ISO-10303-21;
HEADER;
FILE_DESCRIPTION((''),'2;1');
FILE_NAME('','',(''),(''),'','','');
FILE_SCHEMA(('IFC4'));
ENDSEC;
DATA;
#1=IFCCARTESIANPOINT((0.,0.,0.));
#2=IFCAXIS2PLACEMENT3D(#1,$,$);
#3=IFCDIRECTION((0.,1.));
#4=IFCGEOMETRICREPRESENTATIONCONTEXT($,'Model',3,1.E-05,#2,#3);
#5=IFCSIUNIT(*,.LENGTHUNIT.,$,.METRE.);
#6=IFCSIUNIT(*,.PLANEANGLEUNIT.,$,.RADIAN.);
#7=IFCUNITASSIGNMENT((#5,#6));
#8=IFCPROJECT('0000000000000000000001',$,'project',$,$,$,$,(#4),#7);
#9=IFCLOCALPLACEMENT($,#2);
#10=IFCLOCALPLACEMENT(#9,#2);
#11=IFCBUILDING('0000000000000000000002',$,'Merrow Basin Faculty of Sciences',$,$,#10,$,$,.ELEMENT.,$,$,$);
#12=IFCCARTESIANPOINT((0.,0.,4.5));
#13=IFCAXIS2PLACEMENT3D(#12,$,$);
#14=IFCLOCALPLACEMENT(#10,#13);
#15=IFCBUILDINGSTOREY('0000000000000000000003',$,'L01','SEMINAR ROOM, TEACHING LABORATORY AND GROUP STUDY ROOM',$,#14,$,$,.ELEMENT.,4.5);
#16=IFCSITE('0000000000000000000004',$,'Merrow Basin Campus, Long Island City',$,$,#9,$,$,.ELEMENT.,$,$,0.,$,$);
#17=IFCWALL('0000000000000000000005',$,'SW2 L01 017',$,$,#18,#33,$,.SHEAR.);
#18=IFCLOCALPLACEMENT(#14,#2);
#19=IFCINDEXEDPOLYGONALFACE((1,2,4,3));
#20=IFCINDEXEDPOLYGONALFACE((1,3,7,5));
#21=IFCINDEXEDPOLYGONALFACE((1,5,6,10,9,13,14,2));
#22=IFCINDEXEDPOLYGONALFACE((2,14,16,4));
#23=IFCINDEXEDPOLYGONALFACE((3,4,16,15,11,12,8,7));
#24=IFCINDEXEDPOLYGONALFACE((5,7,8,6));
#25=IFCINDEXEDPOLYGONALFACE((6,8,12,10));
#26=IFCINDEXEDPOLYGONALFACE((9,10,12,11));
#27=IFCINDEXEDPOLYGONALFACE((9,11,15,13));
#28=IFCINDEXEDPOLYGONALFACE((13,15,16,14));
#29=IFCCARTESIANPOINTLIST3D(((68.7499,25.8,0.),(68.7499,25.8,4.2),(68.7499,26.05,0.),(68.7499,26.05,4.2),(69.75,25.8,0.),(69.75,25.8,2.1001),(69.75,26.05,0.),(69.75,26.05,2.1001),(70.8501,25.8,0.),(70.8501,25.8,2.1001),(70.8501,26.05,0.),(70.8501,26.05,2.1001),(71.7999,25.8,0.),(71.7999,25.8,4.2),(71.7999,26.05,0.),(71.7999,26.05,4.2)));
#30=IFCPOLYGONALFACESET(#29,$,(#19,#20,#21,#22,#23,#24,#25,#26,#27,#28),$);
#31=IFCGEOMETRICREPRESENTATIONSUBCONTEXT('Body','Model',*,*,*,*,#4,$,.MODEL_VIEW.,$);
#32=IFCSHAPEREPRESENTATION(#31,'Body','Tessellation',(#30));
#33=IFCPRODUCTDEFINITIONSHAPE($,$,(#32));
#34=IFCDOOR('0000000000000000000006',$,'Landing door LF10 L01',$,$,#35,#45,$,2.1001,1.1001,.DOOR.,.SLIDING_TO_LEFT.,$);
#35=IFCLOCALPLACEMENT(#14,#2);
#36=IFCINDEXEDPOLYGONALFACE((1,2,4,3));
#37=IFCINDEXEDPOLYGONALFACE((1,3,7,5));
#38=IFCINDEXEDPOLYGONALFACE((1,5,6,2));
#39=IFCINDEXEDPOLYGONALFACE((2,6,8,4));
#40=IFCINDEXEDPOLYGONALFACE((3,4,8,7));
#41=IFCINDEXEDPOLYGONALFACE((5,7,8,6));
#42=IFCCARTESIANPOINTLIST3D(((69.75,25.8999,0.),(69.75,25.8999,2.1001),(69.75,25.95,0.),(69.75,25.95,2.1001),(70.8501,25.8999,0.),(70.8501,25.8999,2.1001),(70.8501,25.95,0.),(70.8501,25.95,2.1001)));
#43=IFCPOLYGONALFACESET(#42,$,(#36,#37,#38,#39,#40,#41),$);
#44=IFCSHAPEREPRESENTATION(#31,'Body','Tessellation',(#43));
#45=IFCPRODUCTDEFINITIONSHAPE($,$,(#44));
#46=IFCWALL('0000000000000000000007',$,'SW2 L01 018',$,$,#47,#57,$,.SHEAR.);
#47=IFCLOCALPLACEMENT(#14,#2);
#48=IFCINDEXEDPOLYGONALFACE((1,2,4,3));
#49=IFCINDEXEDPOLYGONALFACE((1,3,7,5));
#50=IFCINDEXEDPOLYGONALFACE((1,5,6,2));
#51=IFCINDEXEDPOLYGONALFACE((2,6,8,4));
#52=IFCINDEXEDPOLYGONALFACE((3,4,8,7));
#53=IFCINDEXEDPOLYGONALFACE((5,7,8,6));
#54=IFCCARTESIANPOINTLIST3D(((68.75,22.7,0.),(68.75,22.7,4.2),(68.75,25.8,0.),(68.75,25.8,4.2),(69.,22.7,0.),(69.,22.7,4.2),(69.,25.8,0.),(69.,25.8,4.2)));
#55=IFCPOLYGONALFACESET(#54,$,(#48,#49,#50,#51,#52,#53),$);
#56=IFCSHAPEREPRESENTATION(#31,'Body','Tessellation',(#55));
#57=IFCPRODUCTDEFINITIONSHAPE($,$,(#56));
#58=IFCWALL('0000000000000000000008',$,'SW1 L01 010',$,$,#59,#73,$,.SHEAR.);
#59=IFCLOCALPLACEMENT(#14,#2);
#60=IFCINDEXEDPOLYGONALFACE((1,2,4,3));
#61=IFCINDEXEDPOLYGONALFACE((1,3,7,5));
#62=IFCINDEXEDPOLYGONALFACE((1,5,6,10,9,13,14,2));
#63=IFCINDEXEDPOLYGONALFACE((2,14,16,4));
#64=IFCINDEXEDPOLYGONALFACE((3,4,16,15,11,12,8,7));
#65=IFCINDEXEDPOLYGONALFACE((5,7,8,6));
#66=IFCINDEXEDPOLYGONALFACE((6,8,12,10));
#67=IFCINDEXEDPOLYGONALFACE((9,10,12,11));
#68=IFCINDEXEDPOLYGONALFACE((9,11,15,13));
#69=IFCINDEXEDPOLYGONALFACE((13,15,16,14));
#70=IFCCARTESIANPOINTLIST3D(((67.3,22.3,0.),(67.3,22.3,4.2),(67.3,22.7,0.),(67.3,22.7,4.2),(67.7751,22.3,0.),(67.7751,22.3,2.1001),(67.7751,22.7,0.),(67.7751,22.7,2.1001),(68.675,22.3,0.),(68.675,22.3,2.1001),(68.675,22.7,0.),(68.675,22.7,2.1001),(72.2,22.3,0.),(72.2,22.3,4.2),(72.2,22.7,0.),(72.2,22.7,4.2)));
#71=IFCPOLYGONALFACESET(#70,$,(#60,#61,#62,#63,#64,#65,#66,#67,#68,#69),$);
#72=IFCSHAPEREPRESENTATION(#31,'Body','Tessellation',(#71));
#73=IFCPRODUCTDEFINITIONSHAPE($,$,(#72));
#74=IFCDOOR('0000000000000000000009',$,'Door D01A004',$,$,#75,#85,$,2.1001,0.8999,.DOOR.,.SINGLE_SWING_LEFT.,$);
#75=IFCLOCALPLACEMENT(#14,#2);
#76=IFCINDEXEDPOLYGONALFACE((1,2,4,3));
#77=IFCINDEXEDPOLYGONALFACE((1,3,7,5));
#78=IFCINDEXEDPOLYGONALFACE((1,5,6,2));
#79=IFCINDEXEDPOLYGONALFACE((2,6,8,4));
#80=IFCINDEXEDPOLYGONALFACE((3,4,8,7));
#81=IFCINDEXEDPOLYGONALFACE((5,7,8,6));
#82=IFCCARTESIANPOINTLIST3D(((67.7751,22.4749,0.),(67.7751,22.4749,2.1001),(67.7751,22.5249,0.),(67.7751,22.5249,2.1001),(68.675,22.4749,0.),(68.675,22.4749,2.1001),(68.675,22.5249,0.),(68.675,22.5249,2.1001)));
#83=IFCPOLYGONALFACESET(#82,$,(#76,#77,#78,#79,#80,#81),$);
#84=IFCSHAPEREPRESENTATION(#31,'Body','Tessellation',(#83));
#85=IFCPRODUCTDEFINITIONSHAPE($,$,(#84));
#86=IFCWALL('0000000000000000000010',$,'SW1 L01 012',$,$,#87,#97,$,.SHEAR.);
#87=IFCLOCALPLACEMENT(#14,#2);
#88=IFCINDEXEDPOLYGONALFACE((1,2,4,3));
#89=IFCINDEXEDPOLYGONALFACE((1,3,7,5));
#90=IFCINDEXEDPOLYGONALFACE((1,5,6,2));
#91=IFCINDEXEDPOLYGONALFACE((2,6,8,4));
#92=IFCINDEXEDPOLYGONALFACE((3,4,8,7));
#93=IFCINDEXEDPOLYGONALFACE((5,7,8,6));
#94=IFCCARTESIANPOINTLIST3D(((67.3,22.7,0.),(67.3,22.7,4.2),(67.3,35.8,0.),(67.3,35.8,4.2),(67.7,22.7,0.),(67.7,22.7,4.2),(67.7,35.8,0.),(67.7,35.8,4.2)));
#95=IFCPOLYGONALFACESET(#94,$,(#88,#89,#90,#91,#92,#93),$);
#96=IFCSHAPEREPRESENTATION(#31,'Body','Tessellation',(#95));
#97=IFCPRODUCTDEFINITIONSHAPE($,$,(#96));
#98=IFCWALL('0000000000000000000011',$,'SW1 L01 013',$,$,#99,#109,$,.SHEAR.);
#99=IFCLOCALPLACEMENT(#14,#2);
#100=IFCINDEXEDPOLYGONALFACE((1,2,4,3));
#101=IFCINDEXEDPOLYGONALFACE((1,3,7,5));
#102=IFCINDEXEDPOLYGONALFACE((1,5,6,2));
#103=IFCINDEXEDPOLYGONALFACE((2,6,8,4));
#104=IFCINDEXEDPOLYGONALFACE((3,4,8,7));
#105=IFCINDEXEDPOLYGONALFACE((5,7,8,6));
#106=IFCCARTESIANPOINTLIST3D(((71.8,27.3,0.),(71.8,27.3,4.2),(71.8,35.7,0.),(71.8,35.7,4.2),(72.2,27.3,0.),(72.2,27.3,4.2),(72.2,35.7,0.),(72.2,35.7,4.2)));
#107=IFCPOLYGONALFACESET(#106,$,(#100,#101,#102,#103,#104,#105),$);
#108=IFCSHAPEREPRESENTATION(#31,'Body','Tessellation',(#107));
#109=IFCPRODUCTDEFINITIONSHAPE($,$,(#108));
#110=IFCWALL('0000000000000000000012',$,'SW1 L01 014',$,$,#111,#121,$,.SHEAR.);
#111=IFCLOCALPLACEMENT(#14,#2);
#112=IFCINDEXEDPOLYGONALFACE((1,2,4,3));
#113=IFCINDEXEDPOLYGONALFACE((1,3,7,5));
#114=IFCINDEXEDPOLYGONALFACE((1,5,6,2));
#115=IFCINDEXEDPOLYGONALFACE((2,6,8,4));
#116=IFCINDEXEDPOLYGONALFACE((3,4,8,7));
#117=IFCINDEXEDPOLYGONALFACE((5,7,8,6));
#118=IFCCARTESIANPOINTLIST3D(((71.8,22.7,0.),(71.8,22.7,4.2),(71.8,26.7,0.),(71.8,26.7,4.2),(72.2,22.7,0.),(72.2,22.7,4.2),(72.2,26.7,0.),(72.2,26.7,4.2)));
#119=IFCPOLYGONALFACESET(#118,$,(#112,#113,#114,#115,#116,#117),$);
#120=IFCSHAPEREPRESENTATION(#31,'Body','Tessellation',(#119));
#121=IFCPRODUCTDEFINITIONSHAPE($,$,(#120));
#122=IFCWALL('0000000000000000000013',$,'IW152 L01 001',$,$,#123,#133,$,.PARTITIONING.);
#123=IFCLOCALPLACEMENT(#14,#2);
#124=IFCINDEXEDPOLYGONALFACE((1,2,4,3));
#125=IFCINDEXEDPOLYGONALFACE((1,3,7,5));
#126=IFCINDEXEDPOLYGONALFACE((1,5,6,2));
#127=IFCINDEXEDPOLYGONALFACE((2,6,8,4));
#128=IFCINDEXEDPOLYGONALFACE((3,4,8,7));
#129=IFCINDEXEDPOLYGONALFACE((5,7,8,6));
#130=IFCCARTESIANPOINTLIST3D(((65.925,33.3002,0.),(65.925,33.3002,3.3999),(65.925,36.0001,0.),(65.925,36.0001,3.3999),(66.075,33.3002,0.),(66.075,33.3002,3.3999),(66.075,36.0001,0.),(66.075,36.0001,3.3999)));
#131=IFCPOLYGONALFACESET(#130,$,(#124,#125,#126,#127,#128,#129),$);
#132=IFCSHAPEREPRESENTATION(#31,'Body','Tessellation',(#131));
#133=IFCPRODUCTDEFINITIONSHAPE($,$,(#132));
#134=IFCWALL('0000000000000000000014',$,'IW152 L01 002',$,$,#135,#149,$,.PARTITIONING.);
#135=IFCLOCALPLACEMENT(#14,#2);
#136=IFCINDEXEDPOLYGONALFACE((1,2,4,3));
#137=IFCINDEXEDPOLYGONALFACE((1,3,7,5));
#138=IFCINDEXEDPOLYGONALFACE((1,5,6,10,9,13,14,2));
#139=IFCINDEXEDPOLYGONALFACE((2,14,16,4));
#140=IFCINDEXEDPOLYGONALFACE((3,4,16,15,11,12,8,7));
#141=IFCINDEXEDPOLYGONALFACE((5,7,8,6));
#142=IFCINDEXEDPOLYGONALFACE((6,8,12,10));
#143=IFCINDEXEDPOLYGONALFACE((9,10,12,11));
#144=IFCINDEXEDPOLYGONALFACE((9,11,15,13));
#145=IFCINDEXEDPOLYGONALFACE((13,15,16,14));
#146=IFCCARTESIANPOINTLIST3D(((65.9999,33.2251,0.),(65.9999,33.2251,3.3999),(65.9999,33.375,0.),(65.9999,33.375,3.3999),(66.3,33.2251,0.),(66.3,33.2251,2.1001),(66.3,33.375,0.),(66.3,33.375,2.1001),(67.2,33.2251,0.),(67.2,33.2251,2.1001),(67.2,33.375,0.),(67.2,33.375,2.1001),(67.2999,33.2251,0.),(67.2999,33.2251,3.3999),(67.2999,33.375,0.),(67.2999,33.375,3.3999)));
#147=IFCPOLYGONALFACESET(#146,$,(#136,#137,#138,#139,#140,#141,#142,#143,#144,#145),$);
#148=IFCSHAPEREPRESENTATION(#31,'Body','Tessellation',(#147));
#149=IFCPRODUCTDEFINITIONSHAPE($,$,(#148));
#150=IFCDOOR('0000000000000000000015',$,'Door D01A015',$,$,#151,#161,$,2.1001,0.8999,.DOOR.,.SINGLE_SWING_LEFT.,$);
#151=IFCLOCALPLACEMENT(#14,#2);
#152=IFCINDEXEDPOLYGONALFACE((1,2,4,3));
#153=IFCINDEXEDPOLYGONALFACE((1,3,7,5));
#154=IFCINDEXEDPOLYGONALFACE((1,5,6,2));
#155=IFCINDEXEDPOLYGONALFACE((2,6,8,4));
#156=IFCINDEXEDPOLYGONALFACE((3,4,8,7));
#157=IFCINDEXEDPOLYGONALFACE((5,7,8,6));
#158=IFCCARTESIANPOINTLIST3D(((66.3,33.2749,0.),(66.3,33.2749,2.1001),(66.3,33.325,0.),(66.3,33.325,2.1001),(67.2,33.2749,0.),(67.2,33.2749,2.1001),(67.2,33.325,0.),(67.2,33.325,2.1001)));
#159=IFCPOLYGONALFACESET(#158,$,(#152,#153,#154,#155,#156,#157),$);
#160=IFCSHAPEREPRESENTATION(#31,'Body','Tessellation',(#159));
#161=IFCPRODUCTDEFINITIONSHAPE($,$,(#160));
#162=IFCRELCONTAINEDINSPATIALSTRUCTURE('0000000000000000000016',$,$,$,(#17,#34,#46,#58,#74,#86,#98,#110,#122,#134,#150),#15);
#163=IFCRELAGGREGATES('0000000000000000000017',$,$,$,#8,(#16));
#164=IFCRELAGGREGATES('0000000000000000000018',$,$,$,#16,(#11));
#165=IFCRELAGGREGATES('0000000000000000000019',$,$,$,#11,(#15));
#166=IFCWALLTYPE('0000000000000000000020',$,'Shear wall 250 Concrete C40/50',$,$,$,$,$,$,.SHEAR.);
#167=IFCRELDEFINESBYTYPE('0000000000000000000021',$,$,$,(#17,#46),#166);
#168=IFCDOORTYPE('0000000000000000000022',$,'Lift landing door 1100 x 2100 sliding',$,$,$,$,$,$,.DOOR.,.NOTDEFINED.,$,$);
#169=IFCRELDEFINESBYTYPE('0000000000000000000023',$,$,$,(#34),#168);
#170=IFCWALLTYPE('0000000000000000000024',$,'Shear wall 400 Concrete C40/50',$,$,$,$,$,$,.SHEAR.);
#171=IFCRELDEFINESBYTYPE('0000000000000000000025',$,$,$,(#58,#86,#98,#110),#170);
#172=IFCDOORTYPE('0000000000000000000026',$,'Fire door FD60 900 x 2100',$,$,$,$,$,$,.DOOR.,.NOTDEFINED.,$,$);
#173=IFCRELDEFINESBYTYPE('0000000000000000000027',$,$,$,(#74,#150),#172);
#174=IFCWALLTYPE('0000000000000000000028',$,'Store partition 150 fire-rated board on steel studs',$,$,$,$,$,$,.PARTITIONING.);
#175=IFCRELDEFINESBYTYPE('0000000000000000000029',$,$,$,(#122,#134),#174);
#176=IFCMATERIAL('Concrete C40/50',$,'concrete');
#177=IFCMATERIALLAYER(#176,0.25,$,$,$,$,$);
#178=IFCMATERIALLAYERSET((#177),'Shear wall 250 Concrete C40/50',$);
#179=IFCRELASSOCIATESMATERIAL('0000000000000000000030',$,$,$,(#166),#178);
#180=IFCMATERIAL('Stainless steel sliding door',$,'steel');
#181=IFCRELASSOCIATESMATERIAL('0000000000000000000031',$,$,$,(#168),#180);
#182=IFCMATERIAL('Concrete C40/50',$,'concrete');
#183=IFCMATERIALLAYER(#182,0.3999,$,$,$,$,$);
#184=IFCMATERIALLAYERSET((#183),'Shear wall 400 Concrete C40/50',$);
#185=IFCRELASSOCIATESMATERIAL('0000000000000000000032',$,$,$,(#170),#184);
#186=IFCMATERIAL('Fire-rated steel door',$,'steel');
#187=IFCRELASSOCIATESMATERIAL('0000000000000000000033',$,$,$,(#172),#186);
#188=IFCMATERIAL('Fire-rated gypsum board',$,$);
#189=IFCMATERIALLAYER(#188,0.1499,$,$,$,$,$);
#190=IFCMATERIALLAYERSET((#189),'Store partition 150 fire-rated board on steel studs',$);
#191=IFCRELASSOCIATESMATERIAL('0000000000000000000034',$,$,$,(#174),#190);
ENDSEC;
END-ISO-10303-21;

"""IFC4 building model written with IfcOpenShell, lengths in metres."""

from ifc_helpers import new_model, si_unit, direction, frame, frame_2d, origin, place, context, subcontext, project, spatial, rectangle, extrude, material, layer, layer_set, type_object, element, fill, save


model = new_model("IFC4")

# Units and contexts
model_context = context("Model", 3, precision=1e-05, world=origin(), true_north=direction((0.0, 1.0)))
body_context = subcontext(model_context, "Body", "Model", "MODEL_VIEW")
ifc_project = project(units=[si_unit("LENGTHUNIT", "METRE"), si_unit("PLANEANGLEUNIT", "RADIAN")], contexts=[model_context])

# Site, building, storey
site_placement = place(None, origin())
site = spatial("IfcSite", under=ifc_project, at=site_placement, Name="Merrow Basin Campus, Long Island City", CompositionType="ELEMENT", RefElevation=0.0)
building_placement = place(site_placement, origin())
building = spatial("IfcBuilding", under=site, at=building_placement, Name="Merrow Basin Faculty of Sciences", CompositionType="ELEMENT")
storey_placement = place(building_placement, frame((0.0, 0.0, 4.5)))
storey = spatial("IfcBuildingStorey", under=building, at=storey_placement, Name="L01", Description="SEMINAR ROOM, TEACHING LABORATORY AND GROUP STUDY ROOM", CompositionType="ELEMENT", Elevation=4.5)

# Shared definitions
ifc_material_1 = material(Name="Concrete C40/50", Category="concrete")
ifc_layer_1 = layer(ifc_material_1, 0.25)
ifc_layer_set_1 = layer_set([ifc_layer_1], Name="Shear wall 250 Concrete C40/50")
wall_type_1 = type_object("IfcWallType", Name="Shear wall 250 Concrete C40/50", PredefinedType="SHEAR", material=ifc_layer_set_1)

# Wall, opening, door
wall_1_placement = place(storey_placement, frame((68.75, 25.925, 0.0), z_axis=(0.0, 0.0, 1.0), x_axis=(1.0, 0.0, 0.0)))
wall_1 = element("IfcWall", 1, at=wall_1_placement, inside=storey, type_object=wall_type_1, Name="SW2 L01 017", PredefinedType="SHEAR", context=body_context, shape_type="SweptSolid", body=[
    extrude(rectangle(XDim=3.05, YDim=0.25, at=frame_2d((1.5249, 0.0))), origin(), (0.0, 0.0, 1.0), 4.2),
])
opening_1_placement = place(wall_1_placement, frame((1.0, 0.0, 0.0)))
opening_1 = element("IfcOpeningElement", 2, at=opening_1_placement, cuts=wall_1, PredefinedType="OPENING", context=body_context, shape_type="SweptSolid", body=[
    extrude(rectangle(XDim=1.1001, YDim=2.1001, at=frame_2d((0.55, 1.05))), frame((0.0, 0.135, 0.0), z_axis=(0.0, -1.0, 0.0), x_axis=(1.0, 0.0, 0.0)), (0.0, 0.0, 1.0), 0.27),
])
ifc_material_2 = material(Name="Stainless steel sliding door", Category="steel")
door_type_1 = type_object("IfcDoorType", Name="Lift landing door 1100 x 2100 sliding", OperationType="NOTDEFINED", PredefinedType="DOOR", material=ifc_material_2)
door_1_placement = place(opening_1_placement, origin())
door_1 = element("IfcDoor", 3, at=door_1_placement, inside=storey, type_object=door_type_1, Name="Landing door LF10 L01", OperationType="SLIDING_TO_LEFT", OverallHeight=2.1001, OverallWidth=1.1001, PredefinedType="DOOR", context=body_context, shape_type="SweptSolid", body=[
    extrude(rectangle(XDim=1.1001, YDim=2.1001, at=frame_2d((0.55, 1.05))), frame((0.0, 0.0249, 0.0), z_axis=(0.0, -1.0, 0.0), x_axis=(1.0, 0.0, 0.0)), (0.0, 0.0, 1.0), 0.05),
])
fill(opening_1, door_1)

# Wall
wall_2_placement = place(storey_placement, frame((68.875, 22.7, 0.0), z_axis=(0.0, 0.0, 1.0), x_axis=(0.0, 1.0, 0.0)))
element("IfcWall", 4, at=wall_2_placement, inside=storey, type_object=wall_type_1, Name="SW2 L01 018", PredefinedType="SHEAR", context=body_context, shape_type="SweptSolid", body=[
    extrude(rectangle(XDim=3.1001, YDim=0.25, at=frame_2d((1.55, 0.0))), origin(), (0.0, 0.0, 1.0), 4.2),
])

# Wall, opening, door
ifc_material_3 = material(Name="Concrete C40/50", Category="concrete")
ifc_layer_2 = layer(ifc_material_3, 0.3999)
ifc_layer_set_2 = layer_set([ifc_layer_2], Name="Shear wall 400 Concrete C40/50")
wall_type_2 = type_object("IfcWallType", Name="Shear wall 400 Concrete C40/50", PredefinedType="SHEAR", material=ifc_layer_set_2)
wall_3_placement = place(storey_placement, frame((67.3, 22.5, 0.0), z_axis=(0.0, 0.0, 1.0), x_axis=(1.0, 0.0, 0.0)))
wall_3 = element("IfcWall", 5, at=wall_3_placement, inside=storey, type_object=wall_type_2, Name="SW1 L01 010", PredefinedType="SHEAR", context=body_context, shape_type="SweptSolid", body=[
    extrude(rectangle(XDim=4.8999, YDim=0.3999, at=frame_2d((2.45, 0.0))), origin(), (0.0, 0.0, 1.0), 4.2),
])
opening_2_placement = place(wall_3_placement, frame((0.4751, 0.0, 0.0)))
opening_2 = element("IfcOpeningElement", 6, at=opening_2_placement, cuts=wall_3, PredefinedType="OPENING", context=body_context, shape_type="SweptSolid", body=[
    extrude(rectangle(XDim=0.8999, YDim=2.1001, at=frame_2d((0.45, 1.05))), frame((0.0, 0.21, 0.0), z_axis=(0.0, -1.0, 0.0), x_axis=(1.0, 0.0, 0.0)), (0.0, 0.0, 1.0), 0.4199),
])
ifc_material_4 = material(Name="Fire-rated steel door", Category="steel")
door_type_2 = type_object("IfcDoorType", Name="Fire door FD60 900 x 2100", OperationType="NOTDEFINED", PredefinedType="DOOR", material=ifc_material_4)
door_2_placement = place(opening_2_placement, origin())
door_2 = element("IfcDoor", 7, at=door_2_placement, inside=storey, type_object=door_type_2, Name="Door D01A004", OperationType="SINGLE_SWING_LEFT", OverallHeight=2.1001, OverallWidth=0.8999, PredefinedType="DOOR", context=body_context, shape_type="SweptSolid", body=[
    extrude(rectangle(XDim=0.8999, YDim=2.1001, at=frame_2d((0.45, 1.05))), frame((0.0, 0.0249, 0.0), z_axis=(0.0, -1.0, 0.0), x_axis=(1.0, 0.0, 0.0)), (0.0, 0.0, 1.0), 0.05),
])
fill(opening_2, door_2)

# Walls
wall_4_placement = place(storey_placement, frame((67.5, 22.7, 0.0), z_axis=(0.0, 0.0, 1.0), x_axis=(0.0, 1.0, 0.0)))
element("IfcWall", 8, at=wall_4_placement, inside=storey, type_object=wall_type_2, Name="SW1 L01 012", PredefinedType="SHEAR", context=body_context, shape_type="SweptSolid", body=[
    extrude(rectangle(XDim=13.1001, YDim=0.3999, at=frame_2d((6.55, 0.0))), origin(), (0.0, 0.0, 1.0), 4.2),
])
wall_5_placement = place(storey_placement, frame((72.0, 27.3, 0.0), z_axis=(0.0, 0.0, 1.0), x_axis=(0.0, 1.0, 0.0)))
element("IfcWall", 9, at=wall_5_placement, inside=storey, type_object=wall_type_2, Name="SW1 L01 013", PredefinedType="SHEAR", context=body_context, shape_type="SweptSolid", body=[
    extrude(rectangle(XDim=8.3999, YDim=0.3999, at=frame_2d((4.2, 0.0))), origin(), (0.0, 0.0, 1.0), 4.2),
])
wall_6_placement = place(storey_placement, frame((72.0, 22.7, 0.0), z_axis=(0.0, 0.0, 1.0), x_axis=(0.0, 1.0, 0.0)))
element("IfcWall", 10, at=wall_6_placement, inside=storey, type_object=wall_type_2, Name="SW1 L01 014", PredefinedType="SHEAR", context=body_context, shape_type="SweptSolid", body=[
    extrude(rectangle(XDim=4.0, YDim=0.3999, at=frame_2d((2.0, 0.0))), origin(), (0.0, 0.0, 1.0), 4.2),
])
ifc_material_5 = material(Name="Fire-rated gypsum board")
ifc_layer_3 = layer(ifc_material_5, 0.1499)
ifc_layer_set_3 = layer_set([ifc_layer_3], Name="Store partition 150 fire-rated board on steel studs")
wall_type_3 = type_object("IfcWallType", Name="Store partition 150 fire-rated board on steel studs", PredefinedType="PARTITIONING", material=ifc_layer_set_3)
wall_7_placement = place(storey_placement, frame((66.0, 33.3, 0.0), z_axis=(0.0, 0.0, 1.0), x_axis=(0.0, 1.0, 0.0)))
element("IfcWall", 11, at=wall_7_placement, inside=storey, type_object=wall_type_3, Name="IW152 L01 001", PredefinedType="PARTITIONING", context=body_context, shape_type="SweptSolid", body=[
    extrude(rectangle(XDim=2.7, YDim=0.1499, at=frame_2d((1.3501, 0.0))), origin(), (0.0, 0.0, 1.0), 3.3999),
])

# Wall, opening, door
wall_8_placement = place(storey_placement, frame((66.0, 33.3, 0.0), z_axis=(0.0, 0.0, 1.0), x_axis=(1.0, 0.0, 0.0)))
wall_8 = element("IfcWall", 12, at=wall_8_placement, inside=storey, type_object=wall_type_3, Name="IW152 L01 002", PredefinedType="PARTITIONING", context=body_context, shape_type="SweptSolid", body=[
    extrude(rectangle(XDim=1.3, YDim=0.1499, at=frame_2d((0.6499, 0.0))), origin(), (0.0, 0.0, 1.0), 3.3999),
])
opening_3_placement = place(wall_8_placement, frame((0.3, 0.0, 0.0)))
opening_3 = element("IfcOpeningElement", 13, at=opening_3_placement, cuts=wall_8, PredefinedType="OPENING", context=body_context, shape_type="SweptSolid", body=[
    extrude(rectangle(XDim=0.8999, YDim=2.1001, at=frame_2d((0.45, 1.05))), frame((0.0, 0.085, 0.0), z_axis=(0.0, -1.0, 0.0), x_axis=(1.0, 0.0, 0.0)), (0.0, 0.0, 1.0), 0.1699),
])
door_3_placement = place(opening_3_placement, origin())
door_3 = element("IfcDoor", 14, at=door_3_placement, inside=storey, type_object=door_type_2, Name="Door D01A015", OperationType="SINGLE_SWING_LEFT", OverallHeight=2.1001, OverallWidth=0.8999, PredefinedType="DOOR", context=body_context, shape_type="SweptSolid", body=[
    extrude(rectangle(XDim=0.8999, YDim=2.1001, at=frame_2d((0.45, 1.05))), frame((0.0, 0.0249, 0.0), z_axis=(0.0, -1.0, 0.0), x_axis=(1.0, 0.0, 0.0)), (0.0, 0.0, 1.0), 0.05),
])
fill(opening_3, door_3)

save(model, "model.ifc")
